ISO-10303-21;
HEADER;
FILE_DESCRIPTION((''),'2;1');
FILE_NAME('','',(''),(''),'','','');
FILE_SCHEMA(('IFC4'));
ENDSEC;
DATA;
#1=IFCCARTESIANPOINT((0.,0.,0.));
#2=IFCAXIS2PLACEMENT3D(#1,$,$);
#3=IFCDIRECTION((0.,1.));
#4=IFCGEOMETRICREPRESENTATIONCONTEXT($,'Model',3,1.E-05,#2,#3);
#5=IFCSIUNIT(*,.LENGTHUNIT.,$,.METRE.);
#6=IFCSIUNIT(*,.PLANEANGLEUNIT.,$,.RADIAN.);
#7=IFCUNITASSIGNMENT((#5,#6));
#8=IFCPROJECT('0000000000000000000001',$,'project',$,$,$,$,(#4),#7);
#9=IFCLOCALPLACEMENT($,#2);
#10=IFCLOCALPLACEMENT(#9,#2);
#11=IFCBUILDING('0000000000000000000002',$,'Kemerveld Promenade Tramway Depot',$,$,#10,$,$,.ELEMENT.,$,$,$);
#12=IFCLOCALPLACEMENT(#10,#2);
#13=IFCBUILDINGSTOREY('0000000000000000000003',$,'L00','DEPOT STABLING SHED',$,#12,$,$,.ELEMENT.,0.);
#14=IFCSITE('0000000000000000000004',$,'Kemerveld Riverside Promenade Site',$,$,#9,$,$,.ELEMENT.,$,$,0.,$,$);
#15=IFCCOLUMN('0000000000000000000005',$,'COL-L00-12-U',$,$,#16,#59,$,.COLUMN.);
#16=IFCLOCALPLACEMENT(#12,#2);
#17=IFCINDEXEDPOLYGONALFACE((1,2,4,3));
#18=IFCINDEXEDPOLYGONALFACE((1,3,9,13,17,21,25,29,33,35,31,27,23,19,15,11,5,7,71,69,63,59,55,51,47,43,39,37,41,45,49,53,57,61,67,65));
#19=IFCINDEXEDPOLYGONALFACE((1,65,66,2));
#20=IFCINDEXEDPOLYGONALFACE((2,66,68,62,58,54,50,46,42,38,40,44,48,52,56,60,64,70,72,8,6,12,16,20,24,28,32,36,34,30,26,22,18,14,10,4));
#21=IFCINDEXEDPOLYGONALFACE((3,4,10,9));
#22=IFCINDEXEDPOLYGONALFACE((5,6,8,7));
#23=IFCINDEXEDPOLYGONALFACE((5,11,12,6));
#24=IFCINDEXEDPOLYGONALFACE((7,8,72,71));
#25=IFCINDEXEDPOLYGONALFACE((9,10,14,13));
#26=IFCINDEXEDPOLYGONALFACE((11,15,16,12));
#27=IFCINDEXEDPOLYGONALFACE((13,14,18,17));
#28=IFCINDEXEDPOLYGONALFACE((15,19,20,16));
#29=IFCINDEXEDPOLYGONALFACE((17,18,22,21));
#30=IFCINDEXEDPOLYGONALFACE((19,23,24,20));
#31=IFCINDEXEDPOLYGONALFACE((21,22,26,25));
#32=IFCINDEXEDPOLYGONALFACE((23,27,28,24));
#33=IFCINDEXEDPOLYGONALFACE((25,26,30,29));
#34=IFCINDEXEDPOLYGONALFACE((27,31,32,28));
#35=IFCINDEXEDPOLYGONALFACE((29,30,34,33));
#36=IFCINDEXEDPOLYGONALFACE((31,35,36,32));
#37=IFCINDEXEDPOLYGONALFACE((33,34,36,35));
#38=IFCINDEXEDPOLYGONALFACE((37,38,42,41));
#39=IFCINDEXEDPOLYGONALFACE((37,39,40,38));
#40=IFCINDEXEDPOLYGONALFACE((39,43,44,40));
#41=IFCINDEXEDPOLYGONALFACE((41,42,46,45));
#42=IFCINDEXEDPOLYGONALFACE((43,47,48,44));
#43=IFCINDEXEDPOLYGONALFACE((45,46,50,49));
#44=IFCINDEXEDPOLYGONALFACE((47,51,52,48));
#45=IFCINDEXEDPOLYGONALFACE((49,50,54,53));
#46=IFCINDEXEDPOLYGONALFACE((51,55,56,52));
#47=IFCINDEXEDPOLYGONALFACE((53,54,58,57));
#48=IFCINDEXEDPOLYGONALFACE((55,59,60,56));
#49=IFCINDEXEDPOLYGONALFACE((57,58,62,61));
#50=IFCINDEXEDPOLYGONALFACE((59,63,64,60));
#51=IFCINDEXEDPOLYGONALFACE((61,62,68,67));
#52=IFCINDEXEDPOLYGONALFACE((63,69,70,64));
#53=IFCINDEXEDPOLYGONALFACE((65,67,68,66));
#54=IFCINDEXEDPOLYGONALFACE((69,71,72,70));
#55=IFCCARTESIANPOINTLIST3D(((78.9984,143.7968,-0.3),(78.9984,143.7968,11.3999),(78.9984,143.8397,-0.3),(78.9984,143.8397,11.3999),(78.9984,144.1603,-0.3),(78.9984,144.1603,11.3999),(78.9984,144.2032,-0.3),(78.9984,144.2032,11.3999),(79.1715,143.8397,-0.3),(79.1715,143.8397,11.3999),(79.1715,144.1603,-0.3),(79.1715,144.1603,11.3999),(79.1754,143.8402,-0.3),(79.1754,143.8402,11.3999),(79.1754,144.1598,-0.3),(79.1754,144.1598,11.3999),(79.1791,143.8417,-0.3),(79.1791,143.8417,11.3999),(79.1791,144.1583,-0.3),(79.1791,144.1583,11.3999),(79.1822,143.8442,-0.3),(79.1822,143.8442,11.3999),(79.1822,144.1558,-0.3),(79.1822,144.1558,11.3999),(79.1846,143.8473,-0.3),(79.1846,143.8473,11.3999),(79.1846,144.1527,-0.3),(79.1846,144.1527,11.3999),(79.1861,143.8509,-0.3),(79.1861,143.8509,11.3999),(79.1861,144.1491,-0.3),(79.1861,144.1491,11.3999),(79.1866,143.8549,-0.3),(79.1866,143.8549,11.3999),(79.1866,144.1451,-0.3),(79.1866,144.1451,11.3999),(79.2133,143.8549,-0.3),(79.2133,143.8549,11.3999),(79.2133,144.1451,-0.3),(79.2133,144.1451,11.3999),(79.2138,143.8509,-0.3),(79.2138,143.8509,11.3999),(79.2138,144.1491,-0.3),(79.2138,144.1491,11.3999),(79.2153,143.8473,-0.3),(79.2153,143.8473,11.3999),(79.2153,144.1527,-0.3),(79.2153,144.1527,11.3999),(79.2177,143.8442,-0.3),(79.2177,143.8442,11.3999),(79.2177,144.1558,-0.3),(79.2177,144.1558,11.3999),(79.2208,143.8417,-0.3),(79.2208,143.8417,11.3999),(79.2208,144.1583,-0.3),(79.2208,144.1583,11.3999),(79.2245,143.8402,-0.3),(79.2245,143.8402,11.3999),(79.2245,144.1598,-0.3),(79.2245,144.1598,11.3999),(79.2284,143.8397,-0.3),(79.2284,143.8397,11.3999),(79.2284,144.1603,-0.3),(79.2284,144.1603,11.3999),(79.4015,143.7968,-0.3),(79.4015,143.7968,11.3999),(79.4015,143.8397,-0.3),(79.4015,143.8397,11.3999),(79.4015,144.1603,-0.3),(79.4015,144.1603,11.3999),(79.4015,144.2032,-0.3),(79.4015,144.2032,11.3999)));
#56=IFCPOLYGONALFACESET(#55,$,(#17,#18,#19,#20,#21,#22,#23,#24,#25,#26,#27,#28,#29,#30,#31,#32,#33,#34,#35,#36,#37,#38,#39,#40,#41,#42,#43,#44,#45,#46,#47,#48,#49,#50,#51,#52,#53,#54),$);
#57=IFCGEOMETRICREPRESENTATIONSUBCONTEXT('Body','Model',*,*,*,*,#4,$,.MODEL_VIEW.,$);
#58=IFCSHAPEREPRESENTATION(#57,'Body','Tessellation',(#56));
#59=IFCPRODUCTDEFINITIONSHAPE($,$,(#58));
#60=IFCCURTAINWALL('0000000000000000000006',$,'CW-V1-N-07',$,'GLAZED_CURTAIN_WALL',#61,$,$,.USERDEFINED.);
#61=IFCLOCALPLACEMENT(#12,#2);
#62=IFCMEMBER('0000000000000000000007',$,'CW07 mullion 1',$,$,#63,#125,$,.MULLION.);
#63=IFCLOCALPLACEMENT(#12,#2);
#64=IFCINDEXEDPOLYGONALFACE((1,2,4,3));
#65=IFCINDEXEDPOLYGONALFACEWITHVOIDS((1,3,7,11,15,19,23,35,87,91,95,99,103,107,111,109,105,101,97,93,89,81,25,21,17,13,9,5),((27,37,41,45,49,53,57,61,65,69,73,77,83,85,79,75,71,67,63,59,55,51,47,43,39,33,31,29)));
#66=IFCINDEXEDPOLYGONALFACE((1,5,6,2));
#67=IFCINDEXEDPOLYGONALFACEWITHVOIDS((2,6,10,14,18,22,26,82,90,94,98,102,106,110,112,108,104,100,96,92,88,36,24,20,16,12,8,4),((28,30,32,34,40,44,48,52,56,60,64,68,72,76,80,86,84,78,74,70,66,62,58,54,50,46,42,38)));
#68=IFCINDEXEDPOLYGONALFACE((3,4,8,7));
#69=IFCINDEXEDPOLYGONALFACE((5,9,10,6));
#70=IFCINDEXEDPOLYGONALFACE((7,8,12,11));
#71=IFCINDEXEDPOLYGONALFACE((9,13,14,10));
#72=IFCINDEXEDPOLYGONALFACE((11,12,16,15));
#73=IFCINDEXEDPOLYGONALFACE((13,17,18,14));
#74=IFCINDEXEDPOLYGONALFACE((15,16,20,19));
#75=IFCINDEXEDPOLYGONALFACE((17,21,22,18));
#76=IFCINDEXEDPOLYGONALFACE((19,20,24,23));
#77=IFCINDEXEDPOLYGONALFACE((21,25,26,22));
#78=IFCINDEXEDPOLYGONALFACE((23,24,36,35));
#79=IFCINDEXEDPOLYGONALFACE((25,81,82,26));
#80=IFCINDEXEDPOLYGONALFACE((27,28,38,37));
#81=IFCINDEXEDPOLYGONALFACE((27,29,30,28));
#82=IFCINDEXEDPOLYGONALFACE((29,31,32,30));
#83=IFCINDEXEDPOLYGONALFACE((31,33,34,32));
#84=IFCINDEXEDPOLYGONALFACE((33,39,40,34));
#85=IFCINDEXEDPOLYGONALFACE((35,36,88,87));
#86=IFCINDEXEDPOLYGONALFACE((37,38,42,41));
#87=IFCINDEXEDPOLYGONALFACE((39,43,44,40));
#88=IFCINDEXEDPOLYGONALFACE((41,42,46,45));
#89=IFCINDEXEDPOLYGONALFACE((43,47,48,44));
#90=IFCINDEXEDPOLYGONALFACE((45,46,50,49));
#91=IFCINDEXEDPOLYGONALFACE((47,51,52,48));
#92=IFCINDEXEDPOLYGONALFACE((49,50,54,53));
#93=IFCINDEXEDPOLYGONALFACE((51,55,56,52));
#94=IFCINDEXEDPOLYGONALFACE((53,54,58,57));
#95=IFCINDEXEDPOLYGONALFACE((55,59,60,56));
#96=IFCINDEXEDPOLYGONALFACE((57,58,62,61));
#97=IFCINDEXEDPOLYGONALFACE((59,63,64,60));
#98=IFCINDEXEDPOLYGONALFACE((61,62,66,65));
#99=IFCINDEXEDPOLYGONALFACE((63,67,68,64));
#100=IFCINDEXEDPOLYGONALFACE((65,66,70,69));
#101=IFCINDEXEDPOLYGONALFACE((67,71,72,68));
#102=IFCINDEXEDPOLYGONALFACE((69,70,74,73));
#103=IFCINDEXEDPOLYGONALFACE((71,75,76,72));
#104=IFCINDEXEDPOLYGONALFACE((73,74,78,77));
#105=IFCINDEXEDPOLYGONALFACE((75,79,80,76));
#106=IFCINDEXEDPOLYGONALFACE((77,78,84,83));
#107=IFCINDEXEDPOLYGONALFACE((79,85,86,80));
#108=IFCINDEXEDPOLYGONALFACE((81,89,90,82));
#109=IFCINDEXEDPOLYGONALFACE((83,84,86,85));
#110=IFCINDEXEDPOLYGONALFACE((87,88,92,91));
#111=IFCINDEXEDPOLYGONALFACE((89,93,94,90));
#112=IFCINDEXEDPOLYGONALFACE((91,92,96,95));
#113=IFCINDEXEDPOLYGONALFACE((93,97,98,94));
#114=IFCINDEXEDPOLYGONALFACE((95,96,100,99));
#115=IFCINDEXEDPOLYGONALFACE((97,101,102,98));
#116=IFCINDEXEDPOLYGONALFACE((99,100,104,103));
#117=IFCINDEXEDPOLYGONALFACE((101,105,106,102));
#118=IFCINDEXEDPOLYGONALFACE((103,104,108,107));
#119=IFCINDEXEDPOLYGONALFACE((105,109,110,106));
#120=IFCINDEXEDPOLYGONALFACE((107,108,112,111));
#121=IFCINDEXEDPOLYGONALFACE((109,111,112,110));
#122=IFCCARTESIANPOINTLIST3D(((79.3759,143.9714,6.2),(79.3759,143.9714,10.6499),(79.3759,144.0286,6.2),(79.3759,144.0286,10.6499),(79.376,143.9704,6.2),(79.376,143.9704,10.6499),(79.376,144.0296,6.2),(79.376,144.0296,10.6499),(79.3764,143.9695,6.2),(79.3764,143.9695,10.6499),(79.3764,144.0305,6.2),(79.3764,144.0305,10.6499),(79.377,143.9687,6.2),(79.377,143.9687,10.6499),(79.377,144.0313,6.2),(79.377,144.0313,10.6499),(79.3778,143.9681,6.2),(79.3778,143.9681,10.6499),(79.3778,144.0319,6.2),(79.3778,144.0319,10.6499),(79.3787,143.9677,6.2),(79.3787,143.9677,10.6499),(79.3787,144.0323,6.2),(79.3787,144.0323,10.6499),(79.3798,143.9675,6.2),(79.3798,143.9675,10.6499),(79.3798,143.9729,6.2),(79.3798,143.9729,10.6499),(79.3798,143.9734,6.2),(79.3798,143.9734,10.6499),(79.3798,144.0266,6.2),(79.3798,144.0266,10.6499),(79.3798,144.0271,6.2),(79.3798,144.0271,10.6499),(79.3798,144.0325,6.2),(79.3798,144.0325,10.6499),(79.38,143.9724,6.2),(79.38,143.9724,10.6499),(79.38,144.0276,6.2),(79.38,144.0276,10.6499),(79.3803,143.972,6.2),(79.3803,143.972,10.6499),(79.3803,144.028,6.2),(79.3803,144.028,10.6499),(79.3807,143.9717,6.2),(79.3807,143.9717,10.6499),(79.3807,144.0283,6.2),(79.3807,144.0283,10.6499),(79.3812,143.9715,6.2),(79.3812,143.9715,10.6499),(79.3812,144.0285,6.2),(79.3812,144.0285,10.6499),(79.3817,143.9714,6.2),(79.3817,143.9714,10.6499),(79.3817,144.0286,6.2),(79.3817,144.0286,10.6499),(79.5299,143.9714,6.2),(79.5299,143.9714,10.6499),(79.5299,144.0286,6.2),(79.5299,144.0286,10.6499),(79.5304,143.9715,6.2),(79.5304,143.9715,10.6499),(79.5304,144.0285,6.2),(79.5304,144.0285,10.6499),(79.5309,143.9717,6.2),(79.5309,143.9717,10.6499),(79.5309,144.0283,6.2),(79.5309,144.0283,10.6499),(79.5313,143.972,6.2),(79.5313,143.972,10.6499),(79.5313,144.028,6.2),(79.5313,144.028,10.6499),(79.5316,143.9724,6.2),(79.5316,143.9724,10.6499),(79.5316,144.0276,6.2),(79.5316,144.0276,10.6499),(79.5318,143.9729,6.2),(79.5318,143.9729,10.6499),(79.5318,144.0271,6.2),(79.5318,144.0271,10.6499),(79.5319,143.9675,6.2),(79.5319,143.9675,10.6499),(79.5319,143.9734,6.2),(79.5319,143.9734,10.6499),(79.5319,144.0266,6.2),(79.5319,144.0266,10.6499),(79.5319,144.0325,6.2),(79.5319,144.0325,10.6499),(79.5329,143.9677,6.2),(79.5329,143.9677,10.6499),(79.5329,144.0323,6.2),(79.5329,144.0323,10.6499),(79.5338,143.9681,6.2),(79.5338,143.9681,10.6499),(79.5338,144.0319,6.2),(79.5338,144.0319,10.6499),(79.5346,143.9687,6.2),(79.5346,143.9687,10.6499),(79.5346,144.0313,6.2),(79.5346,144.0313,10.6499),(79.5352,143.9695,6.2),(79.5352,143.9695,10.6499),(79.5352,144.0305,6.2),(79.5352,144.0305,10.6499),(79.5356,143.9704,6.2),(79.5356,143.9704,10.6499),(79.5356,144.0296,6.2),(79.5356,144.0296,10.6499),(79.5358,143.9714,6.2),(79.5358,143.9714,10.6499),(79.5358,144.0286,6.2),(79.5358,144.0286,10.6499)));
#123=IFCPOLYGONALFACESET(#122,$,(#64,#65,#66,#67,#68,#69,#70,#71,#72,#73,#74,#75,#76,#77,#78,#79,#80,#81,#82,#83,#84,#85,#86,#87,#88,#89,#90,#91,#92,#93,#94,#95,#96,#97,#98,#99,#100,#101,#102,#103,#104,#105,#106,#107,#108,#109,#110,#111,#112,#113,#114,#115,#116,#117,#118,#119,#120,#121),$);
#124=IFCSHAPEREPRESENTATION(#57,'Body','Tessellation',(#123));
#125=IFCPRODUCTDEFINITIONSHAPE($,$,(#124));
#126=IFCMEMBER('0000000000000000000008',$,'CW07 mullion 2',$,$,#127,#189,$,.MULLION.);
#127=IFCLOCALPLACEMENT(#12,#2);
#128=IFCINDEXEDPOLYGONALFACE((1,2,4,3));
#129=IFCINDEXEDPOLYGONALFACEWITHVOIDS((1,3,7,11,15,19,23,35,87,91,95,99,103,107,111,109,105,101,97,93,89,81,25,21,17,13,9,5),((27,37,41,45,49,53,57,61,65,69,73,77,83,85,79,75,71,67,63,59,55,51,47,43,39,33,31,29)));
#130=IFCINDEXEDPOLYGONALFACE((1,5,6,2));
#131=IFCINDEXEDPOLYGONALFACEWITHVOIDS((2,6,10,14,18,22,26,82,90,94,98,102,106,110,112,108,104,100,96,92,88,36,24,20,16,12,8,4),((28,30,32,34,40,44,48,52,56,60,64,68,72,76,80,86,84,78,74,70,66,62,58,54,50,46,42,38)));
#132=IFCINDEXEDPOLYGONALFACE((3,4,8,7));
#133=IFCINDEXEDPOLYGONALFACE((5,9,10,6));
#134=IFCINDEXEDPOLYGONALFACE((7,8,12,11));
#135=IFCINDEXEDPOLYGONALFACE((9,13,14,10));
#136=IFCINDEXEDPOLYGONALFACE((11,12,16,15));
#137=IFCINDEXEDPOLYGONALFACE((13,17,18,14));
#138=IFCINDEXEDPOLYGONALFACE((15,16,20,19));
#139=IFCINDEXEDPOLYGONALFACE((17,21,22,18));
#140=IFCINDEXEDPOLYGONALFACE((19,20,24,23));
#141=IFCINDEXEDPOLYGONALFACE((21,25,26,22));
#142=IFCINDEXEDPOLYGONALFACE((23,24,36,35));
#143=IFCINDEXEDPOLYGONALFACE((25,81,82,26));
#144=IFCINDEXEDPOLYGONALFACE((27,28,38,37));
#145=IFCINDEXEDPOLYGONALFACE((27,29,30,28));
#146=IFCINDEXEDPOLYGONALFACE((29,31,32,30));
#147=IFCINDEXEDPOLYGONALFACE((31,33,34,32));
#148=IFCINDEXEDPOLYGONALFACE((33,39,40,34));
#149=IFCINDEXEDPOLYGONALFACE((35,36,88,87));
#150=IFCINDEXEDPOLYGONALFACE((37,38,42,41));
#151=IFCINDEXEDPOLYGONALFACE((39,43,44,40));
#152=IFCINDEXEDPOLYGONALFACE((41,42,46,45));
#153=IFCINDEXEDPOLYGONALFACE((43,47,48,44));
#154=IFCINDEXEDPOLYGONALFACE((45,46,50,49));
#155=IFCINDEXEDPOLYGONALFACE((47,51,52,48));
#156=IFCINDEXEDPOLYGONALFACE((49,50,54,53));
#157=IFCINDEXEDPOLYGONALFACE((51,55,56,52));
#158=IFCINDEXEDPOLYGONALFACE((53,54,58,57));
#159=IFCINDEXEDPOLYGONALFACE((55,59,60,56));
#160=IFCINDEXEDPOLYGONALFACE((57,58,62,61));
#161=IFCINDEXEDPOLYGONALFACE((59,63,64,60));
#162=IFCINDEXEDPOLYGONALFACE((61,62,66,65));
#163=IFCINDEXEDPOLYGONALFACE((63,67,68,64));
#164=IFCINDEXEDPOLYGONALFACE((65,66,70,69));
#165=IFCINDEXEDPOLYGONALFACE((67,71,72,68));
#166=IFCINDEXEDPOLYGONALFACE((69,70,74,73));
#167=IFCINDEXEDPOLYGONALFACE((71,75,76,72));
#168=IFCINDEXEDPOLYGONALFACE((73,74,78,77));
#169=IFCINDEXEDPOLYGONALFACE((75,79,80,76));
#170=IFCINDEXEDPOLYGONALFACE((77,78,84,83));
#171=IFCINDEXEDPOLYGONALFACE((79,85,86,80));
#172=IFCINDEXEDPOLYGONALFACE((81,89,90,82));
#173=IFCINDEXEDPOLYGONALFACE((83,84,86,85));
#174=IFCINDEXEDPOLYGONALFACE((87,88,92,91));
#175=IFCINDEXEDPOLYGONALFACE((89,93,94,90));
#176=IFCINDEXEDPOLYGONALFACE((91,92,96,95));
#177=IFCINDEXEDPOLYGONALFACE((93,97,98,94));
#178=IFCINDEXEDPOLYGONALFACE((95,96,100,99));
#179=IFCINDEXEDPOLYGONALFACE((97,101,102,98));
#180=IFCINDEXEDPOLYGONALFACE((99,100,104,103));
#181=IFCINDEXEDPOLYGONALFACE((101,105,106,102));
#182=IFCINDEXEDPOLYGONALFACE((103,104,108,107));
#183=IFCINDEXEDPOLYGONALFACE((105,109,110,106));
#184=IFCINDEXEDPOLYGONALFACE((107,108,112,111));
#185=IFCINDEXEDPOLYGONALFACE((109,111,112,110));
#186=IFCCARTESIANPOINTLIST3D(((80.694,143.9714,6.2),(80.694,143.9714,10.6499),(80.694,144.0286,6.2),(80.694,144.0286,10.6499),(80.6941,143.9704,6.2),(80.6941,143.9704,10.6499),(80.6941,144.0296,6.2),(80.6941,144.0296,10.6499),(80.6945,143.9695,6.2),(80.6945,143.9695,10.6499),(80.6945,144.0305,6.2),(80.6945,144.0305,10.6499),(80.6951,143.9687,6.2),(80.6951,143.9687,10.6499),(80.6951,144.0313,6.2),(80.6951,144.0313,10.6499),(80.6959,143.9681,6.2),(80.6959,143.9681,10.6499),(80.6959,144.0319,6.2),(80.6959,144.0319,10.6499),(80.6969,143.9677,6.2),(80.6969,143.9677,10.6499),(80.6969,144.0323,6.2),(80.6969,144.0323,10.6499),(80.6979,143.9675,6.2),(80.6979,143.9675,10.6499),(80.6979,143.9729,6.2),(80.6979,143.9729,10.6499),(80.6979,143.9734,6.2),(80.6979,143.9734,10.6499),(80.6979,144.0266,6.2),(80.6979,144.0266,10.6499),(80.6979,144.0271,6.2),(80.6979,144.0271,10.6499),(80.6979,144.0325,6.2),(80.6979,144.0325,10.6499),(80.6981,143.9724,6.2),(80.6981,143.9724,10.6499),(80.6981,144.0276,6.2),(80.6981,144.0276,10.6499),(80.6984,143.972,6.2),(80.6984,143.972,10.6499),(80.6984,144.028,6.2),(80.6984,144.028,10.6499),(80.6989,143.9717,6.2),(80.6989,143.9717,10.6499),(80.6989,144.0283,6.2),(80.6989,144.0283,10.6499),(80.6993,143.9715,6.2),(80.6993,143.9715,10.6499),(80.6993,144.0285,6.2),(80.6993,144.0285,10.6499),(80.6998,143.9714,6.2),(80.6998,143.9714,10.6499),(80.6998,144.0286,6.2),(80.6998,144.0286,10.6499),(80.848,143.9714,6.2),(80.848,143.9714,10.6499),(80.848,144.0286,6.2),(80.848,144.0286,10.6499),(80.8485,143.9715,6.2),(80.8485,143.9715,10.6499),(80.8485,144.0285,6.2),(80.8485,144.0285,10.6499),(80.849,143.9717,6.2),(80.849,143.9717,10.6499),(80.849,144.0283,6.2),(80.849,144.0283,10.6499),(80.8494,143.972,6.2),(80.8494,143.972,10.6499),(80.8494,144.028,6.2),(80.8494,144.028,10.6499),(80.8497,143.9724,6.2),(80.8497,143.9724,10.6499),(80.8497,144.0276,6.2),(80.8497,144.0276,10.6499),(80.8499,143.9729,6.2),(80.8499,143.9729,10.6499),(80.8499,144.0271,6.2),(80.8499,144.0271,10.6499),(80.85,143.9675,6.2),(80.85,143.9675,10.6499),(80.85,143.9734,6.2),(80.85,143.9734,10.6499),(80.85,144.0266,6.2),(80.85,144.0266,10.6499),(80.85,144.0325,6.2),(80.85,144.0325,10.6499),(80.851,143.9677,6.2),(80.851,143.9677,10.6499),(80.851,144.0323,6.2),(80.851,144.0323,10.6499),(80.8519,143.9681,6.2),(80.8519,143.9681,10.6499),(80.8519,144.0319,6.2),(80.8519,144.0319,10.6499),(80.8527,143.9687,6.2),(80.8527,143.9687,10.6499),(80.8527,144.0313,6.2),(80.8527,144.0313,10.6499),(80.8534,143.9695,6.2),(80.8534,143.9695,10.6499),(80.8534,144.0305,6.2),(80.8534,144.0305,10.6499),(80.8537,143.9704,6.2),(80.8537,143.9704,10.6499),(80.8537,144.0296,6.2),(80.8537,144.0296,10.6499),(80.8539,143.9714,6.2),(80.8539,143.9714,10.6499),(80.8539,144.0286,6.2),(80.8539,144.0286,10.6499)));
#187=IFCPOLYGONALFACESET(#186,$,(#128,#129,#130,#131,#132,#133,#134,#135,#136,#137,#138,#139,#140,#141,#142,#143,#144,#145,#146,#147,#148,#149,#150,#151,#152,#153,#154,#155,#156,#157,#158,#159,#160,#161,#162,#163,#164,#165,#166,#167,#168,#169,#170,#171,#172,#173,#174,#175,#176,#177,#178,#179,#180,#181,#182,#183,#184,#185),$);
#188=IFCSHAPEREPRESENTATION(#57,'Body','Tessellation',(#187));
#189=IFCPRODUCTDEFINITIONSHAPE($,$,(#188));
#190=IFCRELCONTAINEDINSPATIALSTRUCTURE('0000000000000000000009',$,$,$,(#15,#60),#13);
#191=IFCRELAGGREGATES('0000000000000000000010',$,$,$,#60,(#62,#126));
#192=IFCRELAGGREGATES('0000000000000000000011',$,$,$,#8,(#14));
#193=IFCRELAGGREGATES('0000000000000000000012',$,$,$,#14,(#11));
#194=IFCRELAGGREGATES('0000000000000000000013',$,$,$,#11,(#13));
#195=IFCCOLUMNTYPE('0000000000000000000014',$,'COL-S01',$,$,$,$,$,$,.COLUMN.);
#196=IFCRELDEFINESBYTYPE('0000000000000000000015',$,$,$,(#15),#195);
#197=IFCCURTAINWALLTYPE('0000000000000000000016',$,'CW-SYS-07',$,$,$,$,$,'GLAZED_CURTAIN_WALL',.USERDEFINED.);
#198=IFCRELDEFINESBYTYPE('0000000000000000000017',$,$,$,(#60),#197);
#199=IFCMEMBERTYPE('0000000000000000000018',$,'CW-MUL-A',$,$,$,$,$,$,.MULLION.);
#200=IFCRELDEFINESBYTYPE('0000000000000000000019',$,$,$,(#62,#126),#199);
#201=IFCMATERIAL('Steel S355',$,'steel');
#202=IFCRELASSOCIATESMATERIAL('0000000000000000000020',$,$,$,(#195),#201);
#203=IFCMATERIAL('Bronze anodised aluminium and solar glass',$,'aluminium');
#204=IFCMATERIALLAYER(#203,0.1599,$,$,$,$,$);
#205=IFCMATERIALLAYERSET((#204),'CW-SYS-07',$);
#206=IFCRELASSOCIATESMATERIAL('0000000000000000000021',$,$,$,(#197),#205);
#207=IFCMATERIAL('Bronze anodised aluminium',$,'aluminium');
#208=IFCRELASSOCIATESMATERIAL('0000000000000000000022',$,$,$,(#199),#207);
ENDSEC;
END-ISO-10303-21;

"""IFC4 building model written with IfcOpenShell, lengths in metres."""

from ifc_helpers import new_model, si_unit, direction, frame, origin, origin_2d, place, context, subcontext, project, spatial, hollow_rectangle, i_section, extrude, material, layer, layer_set, material_profile, profile_set, type_object, element, aggregate, save


model = new_model("IFC4")

# Units and contexts
model_context = context("Model", 3, precision=1e-05, world=origin(), true_north=direction((0.0, 1.0)))
body_context = subcontext(model_context, "Body", "Model", "MODEL_VIEW")
ifc_project = project(units=[si_unit("LENGTHUNIT", "METRE"), si_unit("PLANEANGLEUNIT", "RADIAN")], contexts=[model_context])

# Site, building, storey
site_placement = place(None, origin())
site = spatial("IfcSite", under=ifc_project, at=site_placement, Name="Kemerveld Riverside Promenade Site", CompositionType="ELEMENT", RefElevation=0.0)
building_placement = place(site_placement, origin())
building = spatial("IfcBuilding", under=site, at=building_placement, Name="Kemerveld Promenade Tramway Depot", CompositionType="ELEMENT")
storey_placement = place(building_placement, origin())
storey = spatial("IfcBuildingStorey", under=building, at=storey_placement, Name="L00", Description="DEPOT STABLING SHED", CompositionType="ELEMENT", Elevation=0.0)

# Column
ifc_material_1 = material(Name="Steel S355", Category="steel")
ifc_material_profile_1 = material_profile(ifc_material_1, i_section(OverallWidth=0.4031, OverallDepth=0.4065, WebThickness=0.0266, FlangeThickness=0.043, FilletRadius=0.0151, at=origin_2d()), Name="356x406x340 UC")
ifc_profile_set_1 = profile_set([ifc_material_profile_1], Name="Steel S355")
column_type = type_object("IfcColumnType", Name="COL-S01", PredefinedType="COLUMN", material=ifc_profile_set_1)
column_placement = place(storey_placement, frame((79.2, 144.0, -0.3), z_axis=(0.0, 0.0, 1.0), x_axis=(1.0, 0.0, 0.0)))
element("IfcColumn", 1, at=column_placement, inside=storey, type_object=column_type, Name="COL-L00-12-U", PredefinedType="COLUMN", context=body_context, shape_type="SweptSolid", body=[
    extrude(i_section(OverallWidth=0.4031, OverallDepth=0.4065, WebThickness=0.0266, FlangeThickness=0.043, FilletRadius=0.0151, at=origin_2d()), origin(), (0.0, 0.0, 1.0), 11.7),
])

# Curtain wall, members
ifc_material_2 = material(Name="Bronze anodised aluminium and solar glass", Category="aluminium")
ifc_layer_1 = layer(ifc_material_2, 0.1599)
ifc_layer_set_1 = layer_set([ifc_layer_1], Name="CW-SYS-07")
curtain_wall_type_1 = type_object("IfcCurtainWallType", Name="CW-SYS-07", ElementType="GLAZED_CURTAIN_WALL", PredefinedType="USERDEFINED", material=ifc_layer_set_1)
curtain_wall_1_placement = place(storey_placement, origin())
curtain_wall_1 = element("IfcCurtainWall", 2, at=curtain_wall_1_placement, inside=storey, type_object=curtain_wall_type_1, Name="CW-V1-N-07", ObjectType="GLAZED_CURTAIN_WALL", PredefinedType="USERDEFINED")
ifc_material_3 = material(Name="Bronze anodised aluminium", Category="aluminium")
ifc_material_profile_2 = material_profile(ifc_material_3, hollow_rectangle(XDim=0.0649, YDim=0.1599, WallThickness=0.0039, InnerFilletRadius=0.002, OuterFilletRadius=0.0039, at=origin_2d()), Name="CW-MUL-160x65")
ifc_profile_set_2 = profile_set([ifc_material_profile_2], Name="Bronze anodised aluminium")
member_type_1 = type_object("IfcMemberType", Name="CW-MUL-A", PredefinedType="MULLION", material=ifc_profile_set_2)
member_1_placement = place(storey_placement, frame((79.4558, 144.0, 6.2), z_axis=(0.0, 0.0, 1.0), x_axis=(0.0, 1.0, 0.0)))
member_1 = element("IfcMember", 3, at=member_1_placement, type_object=member_type_1, Name="CW07 mullion 1", PredefinedType="MULLION", context=body_context, shape_type="SweptSolid", body=[
    extrude(hollow_rectangle(XDim=0.0649, YDim=0.1599, WallThickness=0.0039, InnerFilletRadius=0.002, OuterFilletRadius=0.0039, at=origin_2d()), origin(), (0.0, 0.0, 1.0), 4.45),
])
member_2_placement = place(storey_placement, frame((80.7739, 144.0, 6.2), z_axis=(0.0, 0.0, 1.0), x_axis=(0.0, 1.0, 0.0)))
member_2 = element("IfcMember", 4, at=member_2_placement, type_object=member_type_1, Name="CW07 mullion 2", PredefinedType="MULLION", context=body_context, shape_type="SweptSolid", body=[
    extrude(hollow_rectangle(XDim=0.0649, YDim=0.1599, WallThickness=0.0039, InnerFilletRadius=0.002, OuterFilletRadius=0.0039, at=origin_2d()), origin(), (0.0, 0.0, 1.0), 4.45),
])

aggregate(curtain_wall_1, [member_1, member_2])

save(model, "model.ifc")
